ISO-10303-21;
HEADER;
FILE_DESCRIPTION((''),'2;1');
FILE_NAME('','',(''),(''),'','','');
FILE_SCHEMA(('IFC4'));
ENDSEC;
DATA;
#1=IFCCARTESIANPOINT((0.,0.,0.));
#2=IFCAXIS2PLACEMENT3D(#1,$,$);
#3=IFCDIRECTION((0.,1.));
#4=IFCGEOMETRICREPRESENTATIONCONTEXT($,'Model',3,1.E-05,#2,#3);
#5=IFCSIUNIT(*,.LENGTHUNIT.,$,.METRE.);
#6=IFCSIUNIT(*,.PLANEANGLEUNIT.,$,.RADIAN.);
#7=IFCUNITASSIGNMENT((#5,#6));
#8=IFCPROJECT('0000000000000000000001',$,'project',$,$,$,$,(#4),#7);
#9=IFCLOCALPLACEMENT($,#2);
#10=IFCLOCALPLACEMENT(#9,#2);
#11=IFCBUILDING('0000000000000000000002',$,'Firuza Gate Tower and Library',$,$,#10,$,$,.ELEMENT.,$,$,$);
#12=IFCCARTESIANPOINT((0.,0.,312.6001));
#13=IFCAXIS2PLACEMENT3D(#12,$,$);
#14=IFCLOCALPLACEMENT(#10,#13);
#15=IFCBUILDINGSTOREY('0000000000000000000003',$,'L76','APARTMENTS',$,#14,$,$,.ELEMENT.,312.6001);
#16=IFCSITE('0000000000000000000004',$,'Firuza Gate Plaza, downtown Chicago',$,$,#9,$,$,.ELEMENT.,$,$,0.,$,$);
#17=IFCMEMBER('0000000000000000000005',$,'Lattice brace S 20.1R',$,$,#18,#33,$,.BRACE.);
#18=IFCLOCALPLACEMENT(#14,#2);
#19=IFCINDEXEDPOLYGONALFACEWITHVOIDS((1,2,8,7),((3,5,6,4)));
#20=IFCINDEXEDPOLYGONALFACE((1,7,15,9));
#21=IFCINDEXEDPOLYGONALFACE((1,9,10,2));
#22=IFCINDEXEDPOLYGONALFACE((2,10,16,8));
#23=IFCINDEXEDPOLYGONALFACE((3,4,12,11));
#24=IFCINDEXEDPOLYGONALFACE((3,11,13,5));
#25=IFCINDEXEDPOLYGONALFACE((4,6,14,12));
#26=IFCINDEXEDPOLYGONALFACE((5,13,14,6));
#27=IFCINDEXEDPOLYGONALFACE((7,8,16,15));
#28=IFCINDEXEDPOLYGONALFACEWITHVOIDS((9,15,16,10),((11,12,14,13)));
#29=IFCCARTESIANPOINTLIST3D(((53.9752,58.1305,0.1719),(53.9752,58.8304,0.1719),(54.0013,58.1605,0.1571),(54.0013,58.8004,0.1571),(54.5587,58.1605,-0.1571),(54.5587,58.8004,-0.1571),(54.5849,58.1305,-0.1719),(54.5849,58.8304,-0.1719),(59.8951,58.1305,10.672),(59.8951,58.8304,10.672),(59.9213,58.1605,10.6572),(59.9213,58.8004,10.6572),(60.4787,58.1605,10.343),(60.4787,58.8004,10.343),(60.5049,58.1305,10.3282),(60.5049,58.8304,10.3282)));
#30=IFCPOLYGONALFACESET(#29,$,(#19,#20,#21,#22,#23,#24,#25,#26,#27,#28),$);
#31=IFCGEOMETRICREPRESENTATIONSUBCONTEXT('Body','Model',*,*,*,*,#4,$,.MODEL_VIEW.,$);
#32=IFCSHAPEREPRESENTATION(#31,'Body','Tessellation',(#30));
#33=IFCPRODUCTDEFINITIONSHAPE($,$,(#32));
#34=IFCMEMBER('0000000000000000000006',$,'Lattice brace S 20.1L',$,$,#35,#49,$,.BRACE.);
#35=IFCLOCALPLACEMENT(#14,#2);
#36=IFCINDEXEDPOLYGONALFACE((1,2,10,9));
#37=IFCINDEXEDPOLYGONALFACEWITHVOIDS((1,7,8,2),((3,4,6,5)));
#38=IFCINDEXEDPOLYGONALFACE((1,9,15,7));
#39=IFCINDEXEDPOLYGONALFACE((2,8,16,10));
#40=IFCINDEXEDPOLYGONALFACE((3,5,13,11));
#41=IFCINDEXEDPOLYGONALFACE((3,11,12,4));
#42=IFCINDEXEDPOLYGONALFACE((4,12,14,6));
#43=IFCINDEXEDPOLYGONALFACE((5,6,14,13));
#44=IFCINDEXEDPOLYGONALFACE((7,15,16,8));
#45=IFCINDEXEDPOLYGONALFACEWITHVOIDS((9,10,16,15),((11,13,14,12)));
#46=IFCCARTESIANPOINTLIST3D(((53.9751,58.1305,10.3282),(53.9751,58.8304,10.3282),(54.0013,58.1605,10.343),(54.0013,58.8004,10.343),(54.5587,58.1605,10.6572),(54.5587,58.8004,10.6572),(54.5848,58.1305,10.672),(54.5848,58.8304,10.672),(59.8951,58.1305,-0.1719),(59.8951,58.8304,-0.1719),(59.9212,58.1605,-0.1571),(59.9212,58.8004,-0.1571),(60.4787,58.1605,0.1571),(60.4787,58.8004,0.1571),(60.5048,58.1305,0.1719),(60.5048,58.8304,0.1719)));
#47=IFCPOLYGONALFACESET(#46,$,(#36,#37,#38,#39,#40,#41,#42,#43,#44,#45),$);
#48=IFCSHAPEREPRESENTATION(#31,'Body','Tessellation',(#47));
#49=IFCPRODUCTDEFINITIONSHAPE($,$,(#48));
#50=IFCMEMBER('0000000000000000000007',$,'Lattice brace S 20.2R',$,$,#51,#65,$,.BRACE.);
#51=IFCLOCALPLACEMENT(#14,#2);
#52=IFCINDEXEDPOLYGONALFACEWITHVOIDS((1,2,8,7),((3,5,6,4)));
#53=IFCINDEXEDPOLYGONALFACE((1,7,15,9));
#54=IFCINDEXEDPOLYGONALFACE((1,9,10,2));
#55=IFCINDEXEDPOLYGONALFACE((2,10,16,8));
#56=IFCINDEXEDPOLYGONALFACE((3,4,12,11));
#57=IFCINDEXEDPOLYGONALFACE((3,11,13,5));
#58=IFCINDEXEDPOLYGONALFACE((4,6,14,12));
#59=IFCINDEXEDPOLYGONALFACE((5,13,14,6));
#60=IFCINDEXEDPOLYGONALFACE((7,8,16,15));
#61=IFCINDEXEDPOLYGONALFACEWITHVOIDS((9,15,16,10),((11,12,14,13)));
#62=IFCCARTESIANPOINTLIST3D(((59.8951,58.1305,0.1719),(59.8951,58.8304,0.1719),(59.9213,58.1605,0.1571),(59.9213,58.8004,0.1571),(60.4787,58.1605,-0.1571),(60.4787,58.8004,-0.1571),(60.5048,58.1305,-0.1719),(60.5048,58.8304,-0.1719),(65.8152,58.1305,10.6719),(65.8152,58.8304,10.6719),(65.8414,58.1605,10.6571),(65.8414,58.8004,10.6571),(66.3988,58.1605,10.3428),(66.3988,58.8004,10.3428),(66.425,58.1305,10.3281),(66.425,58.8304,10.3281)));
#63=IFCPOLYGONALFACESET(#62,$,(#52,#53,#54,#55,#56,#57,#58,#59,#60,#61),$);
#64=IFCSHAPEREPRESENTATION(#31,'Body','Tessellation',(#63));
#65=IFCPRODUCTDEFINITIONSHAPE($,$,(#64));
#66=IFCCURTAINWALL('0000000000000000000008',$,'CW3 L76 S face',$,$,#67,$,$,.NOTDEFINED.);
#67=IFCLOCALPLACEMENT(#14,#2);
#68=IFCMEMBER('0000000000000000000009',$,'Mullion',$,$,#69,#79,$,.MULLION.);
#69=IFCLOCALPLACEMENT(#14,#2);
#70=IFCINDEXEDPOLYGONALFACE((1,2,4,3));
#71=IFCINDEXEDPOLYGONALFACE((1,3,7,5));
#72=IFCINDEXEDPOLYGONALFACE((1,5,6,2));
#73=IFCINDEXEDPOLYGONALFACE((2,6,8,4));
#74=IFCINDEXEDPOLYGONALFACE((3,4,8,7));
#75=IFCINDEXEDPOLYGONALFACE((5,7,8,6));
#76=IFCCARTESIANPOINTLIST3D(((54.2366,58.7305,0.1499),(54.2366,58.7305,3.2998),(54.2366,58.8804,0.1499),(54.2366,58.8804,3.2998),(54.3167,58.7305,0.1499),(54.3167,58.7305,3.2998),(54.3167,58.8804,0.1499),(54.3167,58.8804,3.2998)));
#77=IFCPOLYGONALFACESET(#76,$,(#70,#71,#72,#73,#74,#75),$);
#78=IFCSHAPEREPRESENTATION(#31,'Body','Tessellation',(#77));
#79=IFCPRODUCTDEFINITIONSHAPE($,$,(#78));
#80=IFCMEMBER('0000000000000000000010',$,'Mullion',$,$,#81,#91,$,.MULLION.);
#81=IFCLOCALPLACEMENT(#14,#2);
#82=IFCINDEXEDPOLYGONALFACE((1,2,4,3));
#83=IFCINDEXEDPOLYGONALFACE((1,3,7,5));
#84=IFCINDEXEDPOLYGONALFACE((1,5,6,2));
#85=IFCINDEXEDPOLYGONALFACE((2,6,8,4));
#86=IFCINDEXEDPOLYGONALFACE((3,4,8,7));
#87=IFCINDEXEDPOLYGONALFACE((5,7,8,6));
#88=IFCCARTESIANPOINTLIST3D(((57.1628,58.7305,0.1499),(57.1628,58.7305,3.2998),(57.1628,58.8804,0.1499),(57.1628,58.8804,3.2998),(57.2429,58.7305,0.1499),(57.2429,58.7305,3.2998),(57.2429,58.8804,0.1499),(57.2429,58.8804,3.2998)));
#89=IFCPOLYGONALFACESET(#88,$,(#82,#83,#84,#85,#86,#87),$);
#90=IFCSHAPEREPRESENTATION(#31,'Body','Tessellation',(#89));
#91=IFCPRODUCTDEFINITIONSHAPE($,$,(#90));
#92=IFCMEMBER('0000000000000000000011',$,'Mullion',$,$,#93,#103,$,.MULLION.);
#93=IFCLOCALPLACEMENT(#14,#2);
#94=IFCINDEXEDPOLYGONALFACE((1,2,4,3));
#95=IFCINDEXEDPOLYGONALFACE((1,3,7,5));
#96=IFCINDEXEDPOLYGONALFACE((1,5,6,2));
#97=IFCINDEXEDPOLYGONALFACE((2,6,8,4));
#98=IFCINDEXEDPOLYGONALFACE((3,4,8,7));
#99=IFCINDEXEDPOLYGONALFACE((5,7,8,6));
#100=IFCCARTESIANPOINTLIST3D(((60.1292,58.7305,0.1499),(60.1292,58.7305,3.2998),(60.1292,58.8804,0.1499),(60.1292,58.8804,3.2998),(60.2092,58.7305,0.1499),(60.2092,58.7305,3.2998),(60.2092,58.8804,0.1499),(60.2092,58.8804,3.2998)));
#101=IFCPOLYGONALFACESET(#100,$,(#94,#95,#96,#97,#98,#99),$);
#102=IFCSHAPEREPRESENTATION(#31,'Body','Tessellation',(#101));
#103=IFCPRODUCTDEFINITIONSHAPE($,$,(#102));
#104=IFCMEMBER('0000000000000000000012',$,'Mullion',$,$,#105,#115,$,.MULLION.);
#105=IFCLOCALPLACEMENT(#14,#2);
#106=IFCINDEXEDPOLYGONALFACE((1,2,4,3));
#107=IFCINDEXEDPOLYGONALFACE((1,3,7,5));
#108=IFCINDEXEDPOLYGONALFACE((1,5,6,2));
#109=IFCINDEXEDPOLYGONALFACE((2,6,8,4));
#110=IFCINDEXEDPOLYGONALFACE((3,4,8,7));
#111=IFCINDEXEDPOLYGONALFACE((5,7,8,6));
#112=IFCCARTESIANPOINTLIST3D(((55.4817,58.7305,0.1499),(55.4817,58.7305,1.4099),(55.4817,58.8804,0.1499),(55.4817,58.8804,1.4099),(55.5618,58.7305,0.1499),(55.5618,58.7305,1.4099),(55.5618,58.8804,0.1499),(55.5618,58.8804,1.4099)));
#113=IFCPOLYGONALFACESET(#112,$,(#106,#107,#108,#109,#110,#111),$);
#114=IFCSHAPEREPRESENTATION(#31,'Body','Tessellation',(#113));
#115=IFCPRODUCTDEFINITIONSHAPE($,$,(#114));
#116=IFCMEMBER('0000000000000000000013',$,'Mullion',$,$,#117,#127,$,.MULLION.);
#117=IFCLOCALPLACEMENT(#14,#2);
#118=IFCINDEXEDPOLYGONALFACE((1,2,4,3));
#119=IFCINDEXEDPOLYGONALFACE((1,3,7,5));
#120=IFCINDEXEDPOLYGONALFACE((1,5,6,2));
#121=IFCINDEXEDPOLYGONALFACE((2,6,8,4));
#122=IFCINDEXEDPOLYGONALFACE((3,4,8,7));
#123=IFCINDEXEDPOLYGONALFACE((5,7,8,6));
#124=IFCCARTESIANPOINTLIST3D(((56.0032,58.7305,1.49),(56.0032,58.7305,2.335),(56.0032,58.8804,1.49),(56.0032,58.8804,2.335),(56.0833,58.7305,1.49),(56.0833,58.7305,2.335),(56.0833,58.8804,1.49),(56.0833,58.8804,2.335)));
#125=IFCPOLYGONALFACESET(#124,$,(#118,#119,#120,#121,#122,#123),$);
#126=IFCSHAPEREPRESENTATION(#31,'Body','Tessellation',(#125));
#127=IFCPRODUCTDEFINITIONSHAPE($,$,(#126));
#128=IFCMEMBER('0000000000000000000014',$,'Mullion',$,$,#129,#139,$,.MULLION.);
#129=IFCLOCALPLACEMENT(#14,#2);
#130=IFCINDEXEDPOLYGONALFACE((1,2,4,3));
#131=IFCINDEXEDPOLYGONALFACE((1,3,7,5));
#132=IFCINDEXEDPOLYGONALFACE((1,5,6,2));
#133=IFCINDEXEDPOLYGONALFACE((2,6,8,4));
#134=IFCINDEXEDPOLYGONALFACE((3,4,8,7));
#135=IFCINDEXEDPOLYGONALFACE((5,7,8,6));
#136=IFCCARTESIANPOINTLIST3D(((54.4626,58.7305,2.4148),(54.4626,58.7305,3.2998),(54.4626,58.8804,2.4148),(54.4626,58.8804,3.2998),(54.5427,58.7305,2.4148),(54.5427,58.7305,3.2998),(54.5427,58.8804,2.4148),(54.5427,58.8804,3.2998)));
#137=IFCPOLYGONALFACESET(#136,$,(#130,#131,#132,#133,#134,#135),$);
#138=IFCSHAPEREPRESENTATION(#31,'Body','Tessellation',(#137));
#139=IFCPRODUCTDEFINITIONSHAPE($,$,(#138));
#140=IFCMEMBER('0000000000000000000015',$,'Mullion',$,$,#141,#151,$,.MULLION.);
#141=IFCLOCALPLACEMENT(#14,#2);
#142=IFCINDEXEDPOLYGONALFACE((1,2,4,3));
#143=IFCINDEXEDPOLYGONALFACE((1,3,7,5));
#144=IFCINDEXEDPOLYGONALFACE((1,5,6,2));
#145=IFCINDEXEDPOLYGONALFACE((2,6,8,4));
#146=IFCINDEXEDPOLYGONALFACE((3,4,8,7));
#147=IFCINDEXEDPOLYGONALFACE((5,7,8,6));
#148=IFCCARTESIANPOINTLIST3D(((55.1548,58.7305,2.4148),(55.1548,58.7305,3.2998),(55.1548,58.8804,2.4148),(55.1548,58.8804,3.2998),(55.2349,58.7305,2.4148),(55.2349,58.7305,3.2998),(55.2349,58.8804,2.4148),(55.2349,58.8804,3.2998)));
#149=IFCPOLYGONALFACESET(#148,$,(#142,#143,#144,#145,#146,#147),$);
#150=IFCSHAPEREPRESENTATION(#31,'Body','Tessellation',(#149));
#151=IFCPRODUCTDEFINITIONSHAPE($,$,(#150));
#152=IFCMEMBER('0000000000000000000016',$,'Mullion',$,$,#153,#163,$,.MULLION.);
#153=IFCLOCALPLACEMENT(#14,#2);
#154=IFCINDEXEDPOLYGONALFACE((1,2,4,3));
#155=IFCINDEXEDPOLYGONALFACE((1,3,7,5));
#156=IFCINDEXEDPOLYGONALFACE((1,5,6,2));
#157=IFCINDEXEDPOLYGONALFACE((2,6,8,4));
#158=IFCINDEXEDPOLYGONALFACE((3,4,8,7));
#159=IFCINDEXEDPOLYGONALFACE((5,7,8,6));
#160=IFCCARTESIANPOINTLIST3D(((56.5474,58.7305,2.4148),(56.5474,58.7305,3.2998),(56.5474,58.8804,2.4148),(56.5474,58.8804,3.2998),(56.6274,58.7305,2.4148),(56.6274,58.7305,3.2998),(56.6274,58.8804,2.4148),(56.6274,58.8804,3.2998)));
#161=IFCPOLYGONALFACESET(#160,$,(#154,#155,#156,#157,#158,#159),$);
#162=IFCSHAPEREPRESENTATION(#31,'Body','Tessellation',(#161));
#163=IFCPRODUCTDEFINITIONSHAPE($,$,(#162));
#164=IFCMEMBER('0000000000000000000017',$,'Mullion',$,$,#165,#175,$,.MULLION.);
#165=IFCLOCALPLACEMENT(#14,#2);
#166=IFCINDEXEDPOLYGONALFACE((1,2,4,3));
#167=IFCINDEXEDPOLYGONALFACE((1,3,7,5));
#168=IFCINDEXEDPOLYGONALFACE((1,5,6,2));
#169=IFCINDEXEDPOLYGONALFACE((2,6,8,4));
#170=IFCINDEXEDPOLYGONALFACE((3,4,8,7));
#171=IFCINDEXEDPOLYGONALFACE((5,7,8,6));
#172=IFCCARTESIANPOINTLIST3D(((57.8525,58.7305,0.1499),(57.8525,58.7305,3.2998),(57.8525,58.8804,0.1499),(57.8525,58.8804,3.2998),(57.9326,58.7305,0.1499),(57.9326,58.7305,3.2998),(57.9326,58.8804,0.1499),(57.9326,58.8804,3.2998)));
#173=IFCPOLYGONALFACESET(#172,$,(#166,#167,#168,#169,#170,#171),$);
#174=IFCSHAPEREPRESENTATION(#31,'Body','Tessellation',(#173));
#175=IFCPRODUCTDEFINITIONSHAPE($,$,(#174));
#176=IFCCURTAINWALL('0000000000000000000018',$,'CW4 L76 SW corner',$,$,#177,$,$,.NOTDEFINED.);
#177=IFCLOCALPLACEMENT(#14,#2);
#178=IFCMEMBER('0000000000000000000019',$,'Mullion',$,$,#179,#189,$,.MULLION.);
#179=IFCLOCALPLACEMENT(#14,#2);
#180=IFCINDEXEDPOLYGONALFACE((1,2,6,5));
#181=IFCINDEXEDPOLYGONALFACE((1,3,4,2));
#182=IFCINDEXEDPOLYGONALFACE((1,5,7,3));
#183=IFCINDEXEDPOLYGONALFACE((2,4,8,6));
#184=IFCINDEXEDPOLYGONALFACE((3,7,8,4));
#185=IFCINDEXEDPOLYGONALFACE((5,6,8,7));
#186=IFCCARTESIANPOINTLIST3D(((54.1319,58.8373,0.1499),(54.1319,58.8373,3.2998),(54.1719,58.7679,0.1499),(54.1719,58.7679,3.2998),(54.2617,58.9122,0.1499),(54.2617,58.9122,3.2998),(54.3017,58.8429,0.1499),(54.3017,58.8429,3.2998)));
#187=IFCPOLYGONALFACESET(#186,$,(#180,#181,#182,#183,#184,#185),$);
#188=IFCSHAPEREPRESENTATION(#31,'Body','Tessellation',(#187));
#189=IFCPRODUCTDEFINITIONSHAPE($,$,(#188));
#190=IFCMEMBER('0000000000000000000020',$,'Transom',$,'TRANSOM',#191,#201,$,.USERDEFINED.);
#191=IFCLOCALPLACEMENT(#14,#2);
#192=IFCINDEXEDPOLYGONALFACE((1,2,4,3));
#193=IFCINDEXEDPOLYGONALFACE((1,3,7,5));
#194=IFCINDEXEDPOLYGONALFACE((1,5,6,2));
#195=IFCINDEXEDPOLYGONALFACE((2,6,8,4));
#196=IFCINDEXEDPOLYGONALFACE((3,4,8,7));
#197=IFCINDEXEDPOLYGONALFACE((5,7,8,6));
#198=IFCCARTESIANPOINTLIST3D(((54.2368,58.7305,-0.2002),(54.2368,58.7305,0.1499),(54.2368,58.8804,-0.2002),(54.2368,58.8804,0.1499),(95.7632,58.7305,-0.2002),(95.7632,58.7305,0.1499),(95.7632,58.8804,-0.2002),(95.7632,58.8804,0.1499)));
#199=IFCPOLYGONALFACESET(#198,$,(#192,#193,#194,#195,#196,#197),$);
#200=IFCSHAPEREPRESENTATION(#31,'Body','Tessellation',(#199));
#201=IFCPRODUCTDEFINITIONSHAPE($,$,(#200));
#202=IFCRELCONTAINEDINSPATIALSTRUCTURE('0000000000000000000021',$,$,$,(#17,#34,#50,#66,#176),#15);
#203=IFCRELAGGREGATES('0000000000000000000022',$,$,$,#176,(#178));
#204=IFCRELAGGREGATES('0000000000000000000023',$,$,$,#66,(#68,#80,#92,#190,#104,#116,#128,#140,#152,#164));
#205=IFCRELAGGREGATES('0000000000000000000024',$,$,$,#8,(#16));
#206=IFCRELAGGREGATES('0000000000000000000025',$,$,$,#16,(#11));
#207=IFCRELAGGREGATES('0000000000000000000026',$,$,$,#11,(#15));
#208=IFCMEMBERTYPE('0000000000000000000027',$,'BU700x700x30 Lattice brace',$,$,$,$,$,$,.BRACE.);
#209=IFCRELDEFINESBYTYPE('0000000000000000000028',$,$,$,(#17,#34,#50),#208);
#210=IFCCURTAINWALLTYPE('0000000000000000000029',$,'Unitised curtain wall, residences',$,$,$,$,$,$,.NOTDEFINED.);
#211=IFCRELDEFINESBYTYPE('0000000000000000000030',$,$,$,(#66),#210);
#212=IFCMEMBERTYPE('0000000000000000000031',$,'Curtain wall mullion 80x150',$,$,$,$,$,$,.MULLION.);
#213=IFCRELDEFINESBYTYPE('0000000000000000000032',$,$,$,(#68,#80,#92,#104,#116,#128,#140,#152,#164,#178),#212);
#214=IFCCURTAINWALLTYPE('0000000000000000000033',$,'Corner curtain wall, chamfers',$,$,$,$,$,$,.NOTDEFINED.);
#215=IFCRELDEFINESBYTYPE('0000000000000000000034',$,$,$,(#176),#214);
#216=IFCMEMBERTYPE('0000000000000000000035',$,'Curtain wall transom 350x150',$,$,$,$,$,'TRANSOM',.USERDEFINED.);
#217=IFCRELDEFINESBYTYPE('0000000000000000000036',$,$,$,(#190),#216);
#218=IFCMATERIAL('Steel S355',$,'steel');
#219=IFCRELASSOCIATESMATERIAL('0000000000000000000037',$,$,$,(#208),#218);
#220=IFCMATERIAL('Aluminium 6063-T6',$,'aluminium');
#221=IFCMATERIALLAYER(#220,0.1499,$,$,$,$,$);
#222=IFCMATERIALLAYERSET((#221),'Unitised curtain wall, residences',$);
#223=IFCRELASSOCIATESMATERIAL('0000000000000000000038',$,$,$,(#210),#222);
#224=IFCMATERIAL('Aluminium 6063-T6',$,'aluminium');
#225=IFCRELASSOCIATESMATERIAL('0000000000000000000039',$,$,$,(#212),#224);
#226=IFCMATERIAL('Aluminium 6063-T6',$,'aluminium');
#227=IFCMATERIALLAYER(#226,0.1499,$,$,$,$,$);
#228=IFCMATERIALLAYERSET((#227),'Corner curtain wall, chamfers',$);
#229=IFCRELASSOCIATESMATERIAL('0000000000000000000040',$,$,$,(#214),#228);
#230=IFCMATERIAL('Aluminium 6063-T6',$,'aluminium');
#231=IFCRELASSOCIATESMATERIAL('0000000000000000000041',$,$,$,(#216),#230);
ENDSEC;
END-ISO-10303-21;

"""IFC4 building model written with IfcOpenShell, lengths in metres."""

from ifc_helpers import new_model, si_unit, direction, frame, origin, origin_2d, place, context, subcontext, project, spatial, rectangle, hollow_rectangle, extrude, material, layer, layer_set, material_profile, profile_set, type_object, element, aggregate, save


model = new_model("IFC4")

# Units and contexts
model_context = context("Model", 3, precision=1e-05, world=origin(), true_north=direction((0.0, 1.0)))
body_context = subcontext(model_context, "Body", "Model", "MODEL_VIEW")
ifc_project = project(units=[si_unit("LENGTHUNIT", "METRE"), si_unit("PLANEANGLEUNIT", "RADIAN")], contexts=[model_context])

# Site, building, storey
site_placement = place(None, origin())
site = spatial("IfcSite", under=ifc_project, at=site_placement, Name="Firuza Gate Plaza, downtown Chicago", CompositionType="ELEMENT", RefElevation=0.0)
building_placement = place(site_placement, origin())
building = spatial("IfcBuilding", under=site, at=building_placement, Name="Firuza Gate Tower and Library", CompositionType="ELEMENT")
storey_placement = place(building_placement, frame((0.0, 0.0, 312.6001)))
storey = spatial("IfcBuildingStorey", under=building, at=storey_placement, Name="L76", Description="APARTMENTS", CompositionType="ELEMENT", Elevation=312.6001)

# Members
ifc_material_1 = material(Name="Steel S355", Category="steel")
ifc_material_profile_1 = material_profile(ifc_material_1, hollow_rectangle(XDim=0.7, YDim=0.7, WallThickness=0.03, at=origin_2d()))
ifc_profile_set_1 = profile_set([ifc_material_profile_1], Name="Steel S355")
member_type_1 = type_object("IfcMemberType", Name="BU700x700x30 Lattice brace", PredefinedType="BRACE", material=ifc_profile_set_1)
for number, where, z_axis, x_axis, name in (
    (1, (54.28, 58.4805, 0.0), (0.491123, 0.0, 0.87109), (0.0, 1.0, 0.0), "Lattice brace S 20.1R"),
    (2, (60.2, 58.4805, 0.0), (-0.491123, 0.0, 0.87109), (0.0, -1.0, 0.0), "Lattice brace S 20.1L"),
    (3, (60.2, 58.4805, 0.0), (0.491138, 0.0, 0.871082), (0.0, 1.0, 0.0), "Lattice brace S 20.2R"),
):
    element("IfcMember", number, at=place(storey_placement, frame(where, z_axis=z_axis, x_axis=x_axis)), inside=storey, type_object=member_type_1, Name=name, PredefinedType="BRACE", context=body_context, shape_type="SweptSolid", body=[
        extrude(hollow_rectangle(XDim=0.7, YDim=0.7, WallThickness=0.03, at=origin_2d()), origin(), (0.0, 0.0, 1.0), 12.054),
    ])

# Curtain wall, members
ifc_material_2 = material(Name="Aluminium 6063-T6", Category="aluminium")
ifc_layer_1 = layer(ifc_material_2, 0.1499)
ifc_layer_set_1 = layer_set([ifc_layer_1], Name="Unitised curtain wall, residences")
curtain_wall_type_1 = type_object("IfcCurtainWallType", Name="Unitised curtain wall, residences", PredefinedType="NOTDEFINED", material=ifc_layer_set_1)
placement_1 = place(storey_placement, origin())
curtain_wall_1 = element("IfcCurtainWall", 4, at=placement_1, inside=storey, type_object=curtain_wall_type_1, Name="CW3 L76 S face", PredefinedType="NOTDEFINED")
ifc_material_3 = material(Name="Aluminium 6063-T6", Category="aluminium")
ifc_material_profile_2 = material_profile(ifc_material_3, rectangle(XDim=0.1499, YDim=0.0801, at=origin_2d()))
ifc_profile_set_2 = profile_set([ifc_material_profile_2], Name="Aluminium 6063-T6")
member_type_2 = type_object("IfcMemberType", Name="Curtain wall mullion 80x150", PredefinedType="MULLION", material=ifc_profile_set_2)
member_1_placement = place(storey_placement, frame((54.2766, 58.8054, 0.1499), z_axis=(0.0, 0.0, 1.0), x_axis=(0.0, 1.0, 0.0)))
member_1 = element("IfcMember", 5, at=member_1_placement, type_object=member_type_2, Name="Mullion", PredefinedType="MULLION", context=body_context, shape_type="SweptSolid", body=[
    extrude(rectangle(XDim=0.1499, YDim=0.0801, at=origin_2d()), origin(), (0.0, 0.0, 1.0), 3.1499),
])
member_2_placement = place(storey_placement, frame((57.2029, 58.8054, 0.1499), z_axis=(0.0, 0.0, 1.0), x_axis=(0.0, 1.0, 0.0)))
member_2 = element("IfcMember", 6, at=member_2_placement, type_object=member_type_2, Name="Mullion", PredefinedType="MULLION", context=body_context, shape_type="SweptSolid", body=[
    extrude(rectangle(XDim=0.1499, YDim=0.0801, at=origin_2d()), origin(), (0.0, 0.0, 1.0), 3.1499),
])
member_3_placement = place(storey_placement, frame((60.1692, 58.8054, 0.1499), z_axis=(0.0, 0.0, 1.0), x_axis=(0.0, 1.0, 0.0)))
member_3 = element("IfcMember", 7, at=member_3_placement, type_object=member_type_2, Name="Mullion", PredefinedType="MULLION", context=body_context, shape_type="SweptSolid", body=[
    extrude(rectangle(XDim=0.1499, YDim=0.0801, at=origin_2d()), origin(), (0.0, 0.0, 1.0), 3.1499),
])
member_4_placement = place(storey_placement, frame((55.5217, 58.8054, 0.1499), z_axis=(0.0, 0.0, 1.0), x_axis=(0.0, 1.0, 0.0)))
member_4 = element("IfcMember", 8, at=member_4_placement, type_object=member_type_2, Name="Mullion", PredefinedType="MULLION", context=body_context, shape_type="SweptSolid", body=[
    extrude(rectangle(XDim=0.1499, YDim=0.0801, at=origin_2d()), origin(), (0.0, 0.0, 1.0), 1.26),
])
member_5_placement = place(storey_placement, frame((56.0432, 58.8054, 1.49), z_axis=(0.0, 0.0, 1.0), x_axis=(0.0, 1.0, 0.0)))
member_5 = element("IfcMember", 9, at=member_5_placement, type_object=member_type_2, Name="Mullion", PredefinedType="MULLION", context=body_context, shape_type="SweptSolid", body=[
    extrude(rectangle(XDim=0.1499, YDim=0.0801, at=origin_2d()), origin(), (0.0, 0.0, 1.0), 0.845),
])
member_6_placement = place(storey_placement, frame((54.5027, 58.8054, 2.4148), z_axis=(0.0, 0.0, 1.0), x_axis=(0.0, 1.0, 0.0)))
member_6 = element("IfcMember", 10, at=member_6_placement, type_object=member_type_2, Name="Mullion", PredefinedType="MULLION", context=body_context, shape_type="SweptSolid", body=[
    extrude(rectangle(XDim=0.1499, YDim=0.0801, at=origin_2d()), origin(), (0.0, 0.0, 1.0), 0.885),
])
member_7_placement = place(storey_placement, frame((55.1948, 58.8054, 2.4148), z_axis=(0.0, 0.0, 1.0), x_axis=(0.0, 1.0, 0.0)))
member_7 = element("IfcMember", 11, at=member_7_placement, type_object=member_type_2, Name="Mullion", PredefinedType="MULLION", context=body_context, shape_type="SweptSolid", body=[
    extrude(rectangle(XDim=0.1499, YDim=0.0801, at=origin_2d()), origin(), (0.0, 0.0, 1.0), 0.885),
])
member_8_placement = place(storey_placement, frame((56.5874, 58.8054, 2.4148), z_axis=(0.0, 0.0, 1.0), x_axis=(0.0, 1.0, 0.0)))
member_8 = element("IfcMember", 12, at=member_8_placement, type_object=member_type_2, Name="Mullion", PredefinedType="MULLION", context=body_context, shape_type="SweptSolid", body=[
    extrude(rectangle(XDim=0.1499, YDim=0.0801, at=origin_2d()), origin(), (0.0, 0.0, 1.0), 0.885),
])
member_9_placement = place(storey_placement, frame((57.8926, 58.8054, 0.1499), z_axis=(0.0, 0.0, 1.0), x_axis=(0.0, 1.0, 0.0)))
member_9 = element("IfcMember", 13, at=member_9_placement, type_object=member_type_2, Name="Mullion", PredefinedType="MULLION", context=body_context, shape_type="SweptSolid", body=[
    extrude(rectangle(XDim=0.1499, YDim=0.0801, at=origin_2d()), origin(), (0.0, 0.0, 1.0), 3.1499),
])

# Curtain wall, member
ifc_material_4 = material(Name="Aluminium 6063-T6", Category="aluminium")
ifc_layer_2 = layer(ifc_material_4, 0.1499)
ifc_layer_set_2 = layer_set([ifc_layer_2], Name="Corner curtain wall, chamfers")
curtain_wall_type_2 = type_object("IfcCurtainWallType", Name="Corner curtain wall, chamfers", PredefinedType="NOTDEFINED", material=ifc_layer_set_2)
curtain_wall_2 = element("IfcCurtainWall", 14, at=placement_1, inside=storey, type_object=curtain_wall_type_2, Name="CW4 L76 SW corner", PredefinedType="NOTDEFINED")
member_10_placement = place(storey_placement, frame((54.2168, 58.8401, 0.1499), z_axis=(0.0, 0.0, 1.0), x_axis=(0.866025, 0.5, 0.0)))
member_10 = element("IfcMember", 15, at=member_10_placement, type_object=member_type_2, Name="Mullion", PredefinedType="MULLION", context=body_context, shape_type="SweptSolid", body=[
    extrude(rectangle(XDim=0.1499, YDim=0.0801, at=origin_2d()), origin(), (0.0, 0.0, 1.0), 3.1499),
])
aggregate(curtain_wall_2, [member_10])

# Member
ifc_material_5 = material(Name="Aluminium 6063-T6", Category="aluminium")
ifc_material_profile_3 = material_profile(ifc_material_5, rectangle(XDim=0.1499, YDim=0.3501, at=origin_2d()))
ifc_profile_set_3 = profile_set([ifc_material_profile_3], Name="Aluminium 6063-T6")
member_type_3 = type_object("IfcMemberType", Name="Curtain wall transom 350x150", ElementType="TRANSOM", PredefinedType="USERDEFINED", material=ifc_profile_set_3)
member_11_placement = place(storey_placement, frame((54.2368, 58.8054, -0.0251), z_axis=(1.0, 0.0, 0.0), x_axis=(0.0, 1.0, 0.0)))
member_11 = element("IfcMember", 16, at=member_11_placement, type_object=member_type_3, Name="Transom", ObjectType="TRANSOM", PredefinedType="USERDEFINED", context=body_context, shape_type="SweptSolid", body=[
    extrude(rectangle(XDim=0.1499, YDim=0.3501, at=origin_2d()), origin(), (0.0, 0.0, 1.0), 41.5264),
])

aggregate(curtain_wall_1, [member_1, member_2, member_3, member_11, member_4, member_5, member_6, member_7, member_8, member_9])

save(model, "model.ifc")
